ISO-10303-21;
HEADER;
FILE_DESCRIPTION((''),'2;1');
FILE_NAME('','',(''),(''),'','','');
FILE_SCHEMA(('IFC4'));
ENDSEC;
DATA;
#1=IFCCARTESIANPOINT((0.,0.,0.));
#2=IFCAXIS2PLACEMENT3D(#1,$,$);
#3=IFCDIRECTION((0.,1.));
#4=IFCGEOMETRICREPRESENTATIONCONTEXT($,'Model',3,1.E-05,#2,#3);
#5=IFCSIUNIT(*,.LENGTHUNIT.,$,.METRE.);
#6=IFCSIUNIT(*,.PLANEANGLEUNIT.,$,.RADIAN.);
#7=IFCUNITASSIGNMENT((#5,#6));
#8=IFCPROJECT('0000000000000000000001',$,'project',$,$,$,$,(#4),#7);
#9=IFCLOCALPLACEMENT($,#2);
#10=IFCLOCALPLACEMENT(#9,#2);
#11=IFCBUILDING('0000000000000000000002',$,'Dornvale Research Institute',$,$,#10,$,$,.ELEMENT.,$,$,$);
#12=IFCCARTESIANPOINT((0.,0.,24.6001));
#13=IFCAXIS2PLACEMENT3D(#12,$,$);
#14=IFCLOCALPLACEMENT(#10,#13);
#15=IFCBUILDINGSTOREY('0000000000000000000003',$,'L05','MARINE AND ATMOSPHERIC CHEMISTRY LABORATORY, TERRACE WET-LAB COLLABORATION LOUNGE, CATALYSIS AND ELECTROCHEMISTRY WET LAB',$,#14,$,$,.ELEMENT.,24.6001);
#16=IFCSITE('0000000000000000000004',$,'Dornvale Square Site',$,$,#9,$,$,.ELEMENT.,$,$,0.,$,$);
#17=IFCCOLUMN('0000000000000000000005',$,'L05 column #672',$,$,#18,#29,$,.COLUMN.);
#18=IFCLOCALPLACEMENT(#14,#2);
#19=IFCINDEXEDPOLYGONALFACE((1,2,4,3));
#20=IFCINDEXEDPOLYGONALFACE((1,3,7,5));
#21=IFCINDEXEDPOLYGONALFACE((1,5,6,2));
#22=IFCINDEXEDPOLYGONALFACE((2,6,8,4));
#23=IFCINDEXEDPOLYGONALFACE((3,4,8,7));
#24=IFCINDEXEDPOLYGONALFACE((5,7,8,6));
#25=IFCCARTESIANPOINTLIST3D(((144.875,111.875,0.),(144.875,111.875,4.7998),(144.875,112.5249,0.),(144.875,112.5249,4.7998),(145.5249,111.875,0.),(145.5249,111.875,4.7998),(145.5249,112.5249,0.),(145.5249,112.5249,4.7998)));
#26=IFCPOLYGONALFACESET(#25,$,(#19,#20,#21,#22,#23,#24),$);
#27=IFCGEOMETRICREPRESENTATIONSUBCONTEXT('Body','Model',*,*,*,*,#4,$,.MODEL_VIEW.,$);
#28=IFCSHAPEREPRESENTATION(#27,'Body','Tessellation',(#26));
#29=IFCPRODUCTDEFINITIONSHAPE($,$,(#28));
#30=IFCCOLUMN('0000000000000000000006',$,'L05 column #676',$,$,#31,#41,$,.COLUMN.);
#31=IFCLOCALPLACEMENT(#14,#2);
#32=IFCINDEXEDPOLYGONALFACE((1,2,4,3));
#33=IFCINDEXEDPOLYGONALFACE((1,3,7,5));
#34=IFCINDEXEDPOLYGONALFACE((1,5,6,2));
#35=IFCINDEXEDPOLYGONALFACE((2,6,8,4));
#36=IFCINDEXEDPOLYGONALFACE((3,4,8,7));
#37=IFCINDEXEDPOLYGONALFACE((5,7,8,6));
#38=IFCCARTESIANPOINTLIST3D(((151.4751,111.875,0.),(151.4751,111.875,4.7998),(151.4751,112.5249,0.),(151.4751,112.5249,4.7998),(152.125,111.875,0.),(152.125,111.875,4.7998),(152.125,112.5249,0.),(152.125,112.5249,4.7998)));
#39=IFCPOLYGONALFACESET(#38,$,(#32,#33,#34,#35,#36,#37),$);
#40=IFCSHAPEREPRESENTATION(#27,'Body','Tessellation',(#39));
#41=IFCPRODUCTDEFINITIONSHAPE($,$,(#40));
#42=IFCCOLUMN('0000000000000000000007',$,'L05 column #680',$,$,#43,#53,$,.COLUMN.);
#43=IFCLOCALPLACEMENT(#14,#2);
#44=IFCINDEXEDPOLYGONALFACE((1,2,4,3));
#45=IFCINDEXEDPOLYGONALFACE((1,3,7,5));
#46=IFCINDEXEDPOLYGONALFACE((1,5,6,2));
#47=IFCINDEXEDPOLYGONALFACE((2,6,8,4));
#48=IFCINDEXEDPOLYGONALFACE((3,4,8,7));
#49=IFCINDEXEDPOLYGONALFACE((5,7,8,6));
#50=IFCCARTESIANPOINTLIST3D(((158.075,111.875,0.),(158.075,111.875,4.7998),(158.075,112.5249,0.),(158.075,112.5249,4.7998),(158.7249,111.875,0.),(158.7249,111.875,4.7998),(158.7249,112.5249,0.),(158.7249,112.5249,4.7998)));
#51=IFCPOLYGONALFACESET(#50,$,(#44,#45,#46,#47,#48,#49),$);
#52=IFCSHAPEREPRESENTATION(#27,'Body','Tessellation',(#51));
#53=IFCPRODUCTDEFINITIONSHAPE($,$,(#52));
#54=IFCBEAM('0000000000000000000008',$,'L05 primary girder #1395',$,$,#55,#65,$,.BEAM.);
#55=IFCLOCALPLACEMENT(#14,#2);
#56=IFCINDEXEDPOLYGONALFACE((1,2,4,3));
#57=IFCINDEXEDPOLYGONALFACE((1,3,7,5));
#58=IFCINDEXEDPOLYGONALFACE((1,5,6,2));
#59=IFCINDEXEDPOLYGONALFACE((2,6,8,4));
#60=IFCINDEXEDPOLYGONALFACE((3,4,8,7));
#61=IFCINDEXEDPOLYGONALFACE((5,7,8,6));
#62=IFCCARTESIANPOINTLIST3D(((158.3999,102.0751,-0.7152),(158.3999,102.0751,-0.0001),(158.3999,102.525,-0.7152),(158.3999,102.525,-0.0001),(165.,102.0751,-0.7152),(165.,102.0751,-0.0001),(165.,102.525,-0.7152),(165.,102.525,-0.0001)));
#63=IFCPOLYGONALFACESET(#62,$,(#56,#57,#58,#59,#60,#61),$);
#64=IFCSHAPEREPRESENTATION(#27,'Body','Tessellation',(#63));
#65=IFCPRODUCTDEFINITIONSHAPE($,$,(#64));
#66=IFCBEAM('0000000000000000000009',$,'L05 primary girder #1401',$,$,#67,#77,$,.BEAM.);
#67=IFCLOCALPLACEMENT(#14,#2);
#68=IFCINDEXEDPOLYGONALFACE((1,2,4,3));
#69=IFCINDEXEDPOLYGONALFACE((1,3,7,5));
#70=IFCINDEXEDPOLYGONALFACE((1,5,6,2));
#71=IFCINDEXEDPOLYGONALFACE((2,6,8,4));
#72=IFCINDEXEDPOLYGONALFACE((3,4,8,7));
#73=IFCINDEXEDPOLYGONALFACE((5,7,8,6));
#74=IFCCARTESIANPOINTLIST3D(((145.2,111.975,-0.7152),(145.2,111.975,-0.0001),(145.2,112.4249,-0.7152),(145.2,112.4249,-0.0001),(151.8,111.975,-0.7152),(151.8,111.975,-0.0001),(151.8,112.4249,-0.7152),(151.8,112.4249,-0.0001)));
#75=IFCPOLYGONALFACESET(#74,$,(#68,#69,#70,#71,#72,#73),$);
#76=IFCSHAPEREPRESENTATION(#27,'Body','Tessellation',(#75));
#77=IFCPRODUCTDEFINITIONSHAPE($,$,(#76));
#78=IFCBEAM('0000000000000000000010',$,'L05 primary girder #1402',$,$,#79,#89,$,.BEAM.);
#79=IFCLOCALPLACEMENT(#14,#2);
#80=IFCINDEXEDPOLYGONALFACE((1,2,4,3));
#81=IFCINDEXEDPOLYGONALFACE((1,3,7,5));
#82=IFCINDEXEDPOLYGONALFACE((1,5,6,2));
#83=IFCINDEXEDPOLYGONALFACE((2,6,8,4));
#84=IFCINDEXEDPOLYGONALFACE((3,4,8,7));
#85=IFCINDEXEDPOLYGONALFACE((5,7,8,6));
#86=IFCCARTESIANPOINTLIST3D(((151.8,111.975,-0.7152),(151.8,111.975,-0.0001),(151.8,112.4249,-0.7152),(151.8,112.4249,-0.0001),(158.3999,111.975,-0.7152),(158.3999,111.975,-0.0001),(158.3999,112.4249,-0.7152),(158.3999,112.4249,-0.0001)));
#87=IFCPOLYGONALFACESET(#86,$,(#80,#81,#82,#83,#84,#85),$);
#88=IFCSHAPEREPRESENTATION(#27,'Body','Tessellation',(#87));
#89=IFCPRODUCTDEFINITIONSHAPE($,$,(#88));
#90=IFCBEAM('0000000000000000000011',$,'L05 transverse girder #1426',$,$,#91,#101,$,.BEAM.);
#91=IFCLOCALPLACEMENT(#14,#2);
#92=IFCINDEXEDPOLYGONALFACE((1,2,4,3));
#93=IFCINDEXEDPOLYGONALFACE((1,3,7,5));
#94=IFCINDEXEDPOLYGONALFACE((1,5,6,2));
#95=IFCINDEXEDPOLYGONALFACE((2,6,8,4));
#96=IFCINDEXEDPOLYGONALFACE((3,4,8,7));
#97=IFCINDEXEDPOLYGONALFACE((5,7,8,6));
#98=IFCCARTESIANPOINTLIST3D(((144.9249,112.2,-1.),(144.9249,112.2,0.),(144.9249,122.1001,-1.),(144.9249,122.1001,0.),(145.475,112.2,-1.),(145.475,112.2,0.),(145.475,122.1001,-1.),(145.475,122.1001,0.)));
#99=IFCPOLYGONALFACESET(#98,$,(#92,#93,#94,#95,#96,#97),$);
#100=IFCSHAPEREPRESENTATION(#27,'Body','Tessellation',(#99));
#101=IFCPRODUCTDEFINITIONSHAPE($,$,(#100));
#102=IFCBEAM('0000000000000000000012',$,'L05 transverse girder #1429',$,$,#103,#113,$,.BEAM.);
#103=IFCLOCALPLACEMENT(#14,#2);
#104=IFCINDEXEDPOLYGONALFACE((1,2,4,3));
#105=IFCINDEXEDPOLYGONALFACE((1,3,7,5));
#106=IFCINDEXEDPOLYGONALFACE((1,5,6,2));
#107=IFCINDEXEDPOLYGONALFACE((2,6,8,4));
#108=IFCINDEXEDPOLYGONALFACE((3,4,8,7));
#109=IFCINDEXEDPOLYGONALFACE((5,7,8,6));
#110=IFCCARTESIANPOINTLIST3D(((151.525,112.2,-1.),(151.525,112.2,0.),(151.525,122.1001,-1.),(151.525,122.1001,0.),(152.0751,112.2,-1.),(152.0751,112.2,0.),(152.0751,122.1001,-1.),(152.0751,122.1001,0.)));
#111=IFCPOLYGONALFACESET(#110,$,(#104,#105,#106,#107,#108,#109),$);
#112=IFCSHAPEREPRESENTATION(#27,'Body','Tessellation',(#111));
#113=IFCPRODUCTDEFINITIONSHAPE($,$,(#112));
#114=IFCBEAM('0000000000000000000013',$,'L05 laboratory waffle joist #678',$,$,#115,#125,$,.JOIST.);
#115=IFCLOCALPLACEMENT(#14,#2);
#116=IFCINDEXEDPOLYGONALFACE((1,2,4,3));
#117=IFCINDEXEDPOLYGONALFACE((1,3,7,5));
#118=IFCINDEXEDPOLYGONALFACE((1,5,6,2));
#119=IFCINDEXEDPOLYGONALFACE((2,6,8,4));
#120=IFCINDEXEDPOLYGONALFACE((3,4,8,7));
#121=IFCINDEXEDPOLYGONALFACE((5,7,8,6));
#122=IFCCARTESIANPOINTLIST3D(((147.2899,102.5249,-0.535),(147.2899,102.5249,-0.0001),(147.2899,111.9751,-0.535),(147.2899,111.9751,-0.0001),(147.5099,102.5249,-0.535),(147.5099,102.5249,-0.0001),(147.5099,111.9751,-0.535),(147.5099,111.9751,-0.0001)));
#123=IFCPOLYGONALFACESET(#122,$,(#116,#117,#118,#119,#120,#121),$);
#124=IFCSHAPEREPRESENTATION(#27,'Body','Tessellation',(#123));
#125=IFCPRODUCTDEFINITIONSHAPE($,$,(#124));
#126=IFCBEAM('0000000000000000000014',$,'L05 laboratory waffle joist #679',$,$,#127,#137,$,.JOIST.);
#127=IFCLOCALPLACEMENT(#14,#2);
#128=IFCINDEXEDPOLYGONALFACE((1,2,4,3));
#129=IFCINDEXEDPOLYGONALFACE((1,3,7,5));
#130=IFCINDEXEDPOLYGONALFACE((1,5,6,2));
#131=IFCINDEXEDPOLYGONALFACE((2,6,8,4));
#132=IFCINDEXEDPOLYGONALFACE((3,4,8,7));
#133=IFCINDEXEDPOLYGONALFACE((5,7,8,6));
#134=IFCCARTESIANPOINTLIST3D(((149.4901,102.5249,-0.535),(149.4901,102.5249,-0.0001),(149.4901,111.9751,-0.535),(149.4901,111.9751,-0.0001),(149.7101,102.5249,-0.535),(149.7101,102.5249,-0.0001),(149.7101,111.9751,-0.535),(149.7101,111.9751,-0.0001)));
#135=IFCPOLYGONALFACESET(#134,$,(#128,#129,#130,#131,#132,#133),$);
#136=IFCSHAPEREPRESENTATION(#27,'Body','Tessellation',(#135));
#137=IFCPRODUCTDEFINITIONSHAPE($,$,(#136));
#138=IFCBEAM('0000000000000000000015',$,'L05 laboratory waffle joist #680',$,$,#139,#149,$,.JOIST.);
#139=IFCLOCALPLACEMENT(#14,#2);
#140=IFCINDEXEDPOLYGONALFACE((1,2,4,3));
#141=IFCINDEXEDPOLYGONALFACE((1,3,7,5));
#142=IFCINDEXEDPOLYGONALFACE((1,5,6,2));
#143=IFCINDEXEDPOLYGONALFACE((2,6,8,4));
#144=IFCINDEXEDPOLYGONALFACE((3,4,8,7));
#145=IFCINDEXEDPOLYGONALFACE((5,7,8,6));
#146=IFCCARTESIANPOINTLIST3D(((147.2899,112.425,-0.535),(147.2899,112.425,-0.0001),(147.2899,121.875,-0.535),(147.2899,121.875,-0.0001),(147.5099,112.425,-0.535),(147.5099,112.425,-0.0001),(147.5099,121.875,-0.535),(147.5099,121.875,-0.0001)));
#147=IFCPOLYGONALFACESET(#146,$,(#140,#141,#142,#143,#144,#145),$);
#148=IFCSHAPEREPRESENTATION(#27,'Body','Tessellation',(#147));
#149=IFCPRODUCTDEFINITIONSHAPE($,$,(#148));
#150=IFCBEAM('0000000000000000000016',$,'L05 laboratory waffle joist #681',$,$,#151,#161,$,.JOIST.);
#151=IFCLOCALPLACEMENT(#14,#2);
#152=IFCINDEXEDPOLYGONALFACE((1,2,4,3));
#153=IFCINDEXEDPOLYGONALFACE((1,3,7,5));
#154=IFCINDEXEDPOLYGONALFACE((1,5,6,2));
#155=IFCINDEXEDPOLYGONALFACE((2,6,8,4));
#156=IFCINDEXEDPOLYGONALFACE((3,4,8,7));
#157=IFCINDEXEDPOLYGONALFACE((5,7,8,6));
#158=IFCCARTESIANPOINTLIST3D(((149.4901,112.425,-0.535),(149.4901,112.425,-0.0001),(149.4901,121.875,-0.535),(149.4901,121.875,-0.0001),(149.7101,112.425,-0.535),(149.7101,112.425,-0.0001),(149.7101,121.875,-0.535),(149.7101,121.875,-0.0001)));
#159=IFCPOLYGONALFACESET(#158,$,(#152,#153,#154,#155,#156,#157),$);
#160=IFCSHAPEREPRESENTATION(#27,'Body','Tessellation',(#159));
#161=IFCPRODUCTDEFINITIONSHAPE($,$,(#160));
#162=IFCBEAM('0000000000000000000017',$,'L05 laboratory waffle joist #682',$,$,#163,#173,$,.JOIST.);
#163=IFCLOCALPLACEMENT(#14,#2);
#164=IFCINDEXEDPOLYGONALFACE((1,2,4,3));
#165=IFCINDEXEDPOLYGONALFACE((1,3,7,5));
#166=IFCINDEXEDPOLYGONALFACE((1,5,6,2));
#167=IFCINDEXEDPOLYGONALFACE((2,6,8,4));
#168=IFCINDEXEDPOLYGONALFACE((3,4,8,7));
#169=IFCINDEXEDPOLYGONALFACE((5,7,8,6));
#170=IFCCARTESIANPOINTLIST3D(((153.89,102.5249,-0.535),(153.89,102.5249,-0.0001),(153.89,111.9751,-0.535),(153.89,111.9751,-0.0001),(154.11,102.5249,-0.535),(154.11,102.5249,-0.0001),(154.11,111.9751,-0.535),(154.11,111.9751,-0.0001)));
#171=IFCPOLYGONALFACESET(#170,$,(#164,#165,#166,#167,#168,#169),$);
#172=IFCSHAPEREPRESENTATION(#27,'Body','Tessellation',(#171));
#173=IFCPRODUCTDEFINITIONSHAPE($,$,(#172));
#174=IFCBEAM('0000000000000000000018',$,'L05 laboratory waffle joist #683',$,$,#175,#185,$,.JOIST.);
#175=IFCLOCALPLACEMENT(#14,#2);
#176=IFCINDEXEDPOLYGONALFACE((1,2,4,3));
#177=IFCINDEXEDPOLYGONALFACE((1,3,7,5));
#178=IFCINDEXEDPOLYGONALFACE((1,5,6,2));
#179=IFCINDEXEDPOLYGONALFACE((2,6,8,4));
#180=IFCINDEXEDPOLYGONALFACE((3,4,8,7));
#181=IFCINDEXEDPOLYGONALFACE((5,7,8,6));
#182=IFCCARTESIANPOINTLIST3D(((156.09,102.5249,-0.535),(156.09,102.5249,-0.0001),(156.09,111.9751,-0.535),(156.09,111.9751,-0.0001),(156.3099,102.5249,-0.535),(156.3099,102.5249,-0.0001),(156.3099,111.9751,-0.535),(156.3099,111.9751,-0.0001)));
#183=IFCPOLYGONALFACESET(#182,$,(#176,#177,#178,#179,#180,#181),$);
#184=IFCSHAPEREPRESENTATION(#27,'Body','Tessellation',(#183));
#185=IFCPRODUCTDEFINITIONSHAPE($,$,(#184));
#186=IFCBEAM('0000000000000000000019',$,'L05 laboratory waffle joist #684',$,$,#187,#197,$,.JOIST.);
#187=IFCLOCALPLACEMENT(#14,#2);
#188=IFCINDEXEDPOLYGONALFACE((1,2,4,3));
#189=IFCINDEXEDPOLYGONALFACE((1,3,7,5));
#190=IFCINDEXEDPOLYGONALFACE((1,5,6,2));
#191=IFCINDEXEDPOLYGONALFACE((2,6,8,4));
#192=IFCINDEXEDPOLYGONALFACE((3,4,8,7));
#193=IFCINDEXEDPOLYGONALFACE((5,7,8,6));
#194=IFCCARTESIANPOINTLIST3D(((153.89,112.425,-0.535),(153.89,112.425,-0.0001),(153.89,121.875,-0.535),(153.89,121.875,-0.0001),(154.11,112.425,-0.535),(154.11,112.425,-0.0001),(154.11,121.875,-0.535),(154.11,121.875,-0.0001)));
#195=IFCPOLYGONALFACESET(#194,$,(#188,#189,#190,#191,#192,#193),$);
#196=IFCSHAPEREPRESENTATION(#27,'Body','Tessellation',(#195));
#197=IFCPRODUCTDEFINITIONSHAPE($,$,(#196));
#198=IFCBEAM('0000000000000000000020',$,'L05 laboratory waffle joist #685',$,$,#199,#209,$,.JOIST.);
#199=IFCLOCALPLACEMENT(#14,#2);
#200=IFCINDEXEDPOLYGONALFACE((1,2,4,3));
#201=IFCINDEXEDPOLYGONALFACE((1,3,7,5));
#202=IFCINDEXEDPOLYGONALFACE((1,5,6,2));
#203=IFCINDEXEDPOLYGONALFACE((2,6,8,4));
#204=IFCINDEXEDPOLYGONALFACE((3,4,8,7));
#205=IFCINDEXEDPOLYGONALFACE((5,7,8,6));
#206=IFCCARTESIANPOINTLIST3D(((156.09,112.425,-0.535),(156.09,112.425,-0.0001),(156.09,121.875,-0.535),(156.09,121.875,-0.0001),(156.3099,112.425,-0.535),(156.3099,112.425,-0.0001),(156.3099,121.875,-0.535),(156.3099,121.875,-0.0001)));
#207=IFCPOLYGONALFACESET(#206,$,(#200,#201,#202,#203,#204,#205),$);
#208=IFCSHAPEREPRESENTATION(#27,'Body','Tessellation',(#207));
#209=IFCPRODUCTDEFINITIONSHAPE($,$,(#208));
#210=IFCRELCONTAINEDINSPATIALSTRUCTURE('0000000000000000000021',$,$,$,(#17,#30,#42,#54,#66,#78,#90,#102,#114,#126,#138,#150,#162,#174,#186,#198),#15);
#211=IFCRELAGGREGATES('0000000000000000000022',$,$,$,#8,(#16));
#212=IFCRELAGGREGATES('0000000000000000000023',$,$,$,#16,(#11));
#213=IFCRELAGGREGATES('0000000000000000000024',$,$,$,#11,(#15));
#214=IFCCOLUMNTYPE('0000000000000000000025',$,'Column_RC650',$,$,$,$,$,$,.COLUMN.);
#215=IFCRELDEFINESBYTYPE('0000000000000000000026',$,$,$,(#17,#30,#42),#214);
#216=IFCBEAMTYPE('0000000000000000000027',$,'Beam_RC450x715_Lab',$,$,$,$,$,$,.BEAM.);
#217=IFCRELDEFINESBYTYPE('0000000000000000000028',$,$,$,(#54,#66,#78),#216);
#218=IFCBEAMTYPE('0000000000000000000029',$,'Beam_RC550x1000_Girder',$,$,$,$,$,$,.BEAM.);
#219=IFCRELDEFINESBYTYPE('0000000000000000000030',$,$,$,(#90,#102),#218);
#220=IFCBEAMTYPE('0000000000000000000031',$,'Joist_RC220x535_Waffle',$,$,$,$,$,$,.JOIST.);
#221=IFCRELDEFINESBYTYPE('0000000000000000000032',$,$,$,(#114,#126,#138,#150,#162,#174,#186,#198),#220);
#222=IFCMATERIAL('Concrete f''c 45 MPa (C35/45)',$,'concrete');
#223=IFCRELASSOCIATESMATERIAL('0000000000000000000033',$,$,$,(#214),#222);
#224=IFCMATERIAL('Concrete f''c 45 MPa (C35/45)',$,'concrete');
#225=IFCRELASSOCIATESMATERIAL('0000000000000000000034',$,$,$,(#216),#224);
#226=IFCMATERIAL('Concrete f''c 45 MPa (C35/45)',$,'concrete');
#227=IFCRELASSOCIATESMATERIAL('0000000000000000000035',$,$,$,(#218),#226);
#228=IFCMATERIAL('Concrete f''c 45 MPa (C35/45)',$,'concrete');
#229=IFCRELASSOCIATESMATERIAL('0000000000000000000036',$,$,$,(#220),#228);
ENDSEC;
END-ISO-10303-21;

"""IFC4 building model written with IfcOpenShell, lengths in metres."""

from ifc_helpers import new_model, si_unit, direction, frame, origin, origin_2d, place, context, subcontext, project, spatial, rectangle, extrude, material, material_profile, profile_set, type_object, element, save


model = new_model("IFC4")

# Units and contexts
model_context = context("Model", 3, precision=1e-05, world=origin(), true_north=direction((0.0, 1.0)))
body_context = subcontext(model_context, "Body", "Model", "MODEL_VIEW")
ifc_project = project(units=[si_unit("LENGTHUNIT", "METRE"), si_unit("PLANEANGLEUNIT", "RADIAN")], contexts=[model_context])

# Site, building, storey
site_placement = place(None, origin())
site = spatial("IfcSite", under=ifc_project, at=site_placement, Name="Dornvale Square Site", CompositionType="ELEMENT", RefElevation=0.0)
building_placement = place(site_placement, origin())
building = spatial("IfcBuilding", under=site, at=building_placement, Name="Dornvale Research Institute", CompositionType="ELEMENT")
storey_placement = place(building_placement, frame((0.0, 0.0, 24.6001)))
storey = spatial("IfcBuildingStorey", under=building, at=storey_placement, Name="L05", Description="MARINE AND ATMOSPHERIC CHEMISTRY LABORATORY, TERRACE WET-LAB COLLABORATION LOUNGE, CATALYSIS AND ELECTROCHEMISTRY WET LAB", CompositionType="ELEMENT", Elevation=24.6001)

# Columns
ifc_material_1 = material(Name="Concrete f'c 45 MPa (C35/45)", Category="concrete")
ifc_material_profile_1 = material_profile(ifc_material_1, rectangle(XDim=0.6499, YDim=0.6499, at=origin_2d()), Name="RC 650x650")
ifc_profile_set_1 = profile_set([ifc_material_profile_1], Name="Concrete f'c 45 MPa (C35/45)")
column_type = type_object("IfcColumnType", Name="Column_RC650", PredefinedType="COLUMN", material=ifc_profile_set_1)
for number, where, z_axis, x_axis, name in (
    (1, (145.2, 112.2, 0.0), (0.0, 0.0, 1.0), (1.0, 0.0, 0.0), "L05 column #672"),
    (2, (151.8, 112.2, 0.0), (0.0, 0.0, 1.0), (1.0, 0.0, 0.0), "L05 column #676"),
    (3, (158.3999, 112.2, 0.0), (0.0, 0.0, 1.0), (1.0, 0.0, 0.0), "L05 column #680"),
):
    element("IfcColumn", number, at=place(storey_placement, frame(where, z_axis=z_axis, x_axis=x_axis)), inside=storey, type_object=column_type, Name=name, PredefinedType="COLUMN", context=body_context, shape_type="SweptSolid", body=[
        extrude(rectangle(XDim=0.6499, YDim=0.6499, at=origin_2d()), origin(), (0.0, 0.0, 1.0), 4.7998),
    ])

# Beams
ifc_material_2 = material(Name="Concrete f'c 45 MPa (C35/45)", Category="concrete")
ifc_material_profile_2 = material_profile(ifc_material_2, rectangle(XDim=0.45, YDim=0.7151, at=origin_2d()), Name="RC 450x715")
ifc_profile_set_2 = profile_set([ifc_material_profile_2], Name="Concrete f'c 45 MPa (C35/45)")
beam_type_1 = type_object("IfcBeamType", Name="Beam_RC450x715_Lab", PredefinedType="BEAM", material=ifc_profile_set_2)
for number, where, z_axis, x_axis, name in (
    (4, (158.3999, 102.3, -0.3577), (1.0, 0.0, 0.0), (0.0, 1.0, 0.0), "L05 primary girder #1395"),
    (5, (145.2, 112.2, -0.3577), (1.0, 0.0, 0.0), (0.0, 1.0, 0.0), "L05 primary girder #1401"),
):
    element("IfcBeam", number, at=place(storey_placement, frame(where, z_axis=z_axis, x_axis=x_axis)), inside=storey, type_object=beam_type_1, Name=name, PredefinedType="BEAM", context=body_context, shape_type="SweptSolid", body=[
        extrude(rectangle(XDim=0.45, YDim=0.7151, at=origin_2d()), origin(), (0.0, 0.0, 1.0), 6.6001),
    ])
beam_placement = place(storey_placement, frame((151.8, 112.2, -0.3577), z_axis=(1.0, 0.0, 0.0), x_axis=(0.0, 1.0, 0.0)))
element("IfcBeam", 6, at=beam_placement, inside=storey, type_object=beam_type_1, Name="L05 primary girder #1402", PredefinedType="BEAM", context=body_context, shape_type="SweptSolid", body=[
    extrude(rectangle(XDim=0.45, YDim=0.7151, at=origin_2d()), origin(), (0.0, 0.0, 1.0), 6.5999),
])
ifc_material_3 = material(Name="Concrete f'c 45 MPa (C35/45)", Category="concrete")
ifc_material_profile_3 = material_profile(ifc_material_3, rectangle(XDim=0.55, YDim=1.0, at=origin_2d()), Name="RC 550x1000")
ifc_profile_set_3 = profile_set([ifc_material_profile_3], Name="Concrete f'c 45 MPa (C35/45)")
beam_type_2 = type_object("IfcBeamType", Name="Beam_RC550x1000_Girder", PredefinedType="BEAM", material=ifc_profile_set_3)
for number, where, z_axis, x_axis, name in (
    (7, (145.2, 112.2, -0.5), (0.0, 1.0, 0.0), (-1.0, 0.0, 0.0), "L05 transverse girder #1426"),
    (8, (151.8, 112.2, -0.5), (0.0, 1.0, 0.0), (-1.0, 0.0, 0.0), "L05 transverse girder #1429"),
):
    element("IfcBeam", number, at=place(storey_placement, frame(where, z_axis=z_axis, x_axis=x_axis)), inside=storey, type_object=beam_type_2, Name=name, PredefinedType="BEAM", context=body_context, shape_type="SweptSolid", body=[
        extrude(rectangle(XDim=0.55, YDim=1.0, at=origin_2d()), origin(), (0.0, 0.0, 1.0), 9.9001),
    ])
ifc_material_4 = material(Name="Concrete f'c 45 MPa (C35/45)", Category="concrete")
ifc_material_profile_4 = material_profile(ifc_material_4, rectangle(XDim=0.22, YDim=0.5349, at=origin_2d()), Name="RC 220x535")
ifc_profile_set_4 = profile_set([ifc_material_profile_4], Name="Concrete f'c 45 MPa (C35/45)")
beam_type_3 = type_object("IfcBeamType", Name="Joist_RC220x535_Waffle", PredefinedType="JOIST", material=ifc_profile_set_4)
for number, where, z_axis, x_axis, name in (
    (9, (147.3999, 102.5249, -0.2676), (0.0, 1.0, 0.0), (-1.0, 0.0, 0.0), "L05 laboratory waffle joist #678"),
    (10, (149.6001, 102.5249, -0.2676), (0.0, 1.0, 0.0), (-1.0, 0.0, 0.0), "L05 laboratory waffle joist #679"),
):
    element("IfcBeam", number, at=place(storey_placement, frame(where, z_axis=z_axis, x_axis=x_axis)), inside=storey, type_object=beam_type_3, Name=name, PredefinedType="JOIST", context=body_context, shape_type="SweptSolid", body=[
        extrude(rectangle(XDim=0.22, YDim=0.5349, at=origin_2d()), origin(), (0.0, 0.0, 1.0), 9.4502),
    ])
for number, where, z_axis, x_axis, name in (
    (11, (147.3999, 112.425, -0.2676), (0.0, 1.0, 0.0), (-1.0, 0.0, 0.0), "L05 laboratory waffle joist #680"),
    (12, (149.6001, 112.425, -0.2676), (0.0, 1.0, 0.0), (-1.0, 0.0, 0.0), "L05 laboratory waffle joist #681"),
):
    element("IfcBeam", number, at=place(storey_placement, frame(where, z_axis=z_axis, x_axis=x_axis)), inside=storey, type_object=beam_type_3, Name=name, PredefinedType="JOIST", context=body_context, shape_type="SweptSolid", body=[
        extrude(rectangle(XDim=0.22, YDim=0.5349, at=origin_2d()), origin(), (0.0, 0.0, 1.0), 9.45),
    ])
for number, where, z_axis, x_axis, name in (
    (13, (154.0, 102.5249, -0.2676), (0.0, 1.0, 0.0), (-1.0, 0.0, 0.0), "L05 laboratory waffle joist #682"),
    (14, (156.2, 102.5249, -0.2676), (0.0, 1.0, 0.0), (-1.0, 0.0, 0.0), "L05 laboratory waffle joist #683"),
):
    element("IfcBeam", number, at=place(storey_placement, frame(where, z_axis=z_axis, x_axis=x_axis)), inside=storey, type_object=beam_type_3, Name=name, PredefinedType="JOIST", context=body_context, shape_type="SweptSolid", body=[
        extrude(rectangle(XDim=0.22, YDim=0.5349, at=origin_2d()), origin(), (0.0, 0.0, 1.0), 9.4502),
    ])
for number, where, z_axis, x_axis, name in (
    (15, (154.0, 112.425, -0.2676), (0.0, 1.0, 0.0), (-1.0, 0.0, 0.0), "L05 laboratory waffle joist #684"),
    (16, (156.2, 112.425, -0.2676), (0.0, 1.0, 0.0), (-1.0, 0.0, 0.0), "L05 laboratory waffle joist #685"),
):
    element("IfcBeam", number, at=place(storey_placement, frame(where, z_axis=z_axis, x_axis=x_axis)), inside=storey, type_object=beam_type_3, Name=name, PredefinedType="JOIST", context=body_context, shape_type="SweptSolid", body=[
        extrude(rectangle(XDim=0.22, YDim=0.5349, at=origin_2d()), origin(), (0.0, 0.0, 1.0), 9.45),
    ])

save(model, "model.ifc")
